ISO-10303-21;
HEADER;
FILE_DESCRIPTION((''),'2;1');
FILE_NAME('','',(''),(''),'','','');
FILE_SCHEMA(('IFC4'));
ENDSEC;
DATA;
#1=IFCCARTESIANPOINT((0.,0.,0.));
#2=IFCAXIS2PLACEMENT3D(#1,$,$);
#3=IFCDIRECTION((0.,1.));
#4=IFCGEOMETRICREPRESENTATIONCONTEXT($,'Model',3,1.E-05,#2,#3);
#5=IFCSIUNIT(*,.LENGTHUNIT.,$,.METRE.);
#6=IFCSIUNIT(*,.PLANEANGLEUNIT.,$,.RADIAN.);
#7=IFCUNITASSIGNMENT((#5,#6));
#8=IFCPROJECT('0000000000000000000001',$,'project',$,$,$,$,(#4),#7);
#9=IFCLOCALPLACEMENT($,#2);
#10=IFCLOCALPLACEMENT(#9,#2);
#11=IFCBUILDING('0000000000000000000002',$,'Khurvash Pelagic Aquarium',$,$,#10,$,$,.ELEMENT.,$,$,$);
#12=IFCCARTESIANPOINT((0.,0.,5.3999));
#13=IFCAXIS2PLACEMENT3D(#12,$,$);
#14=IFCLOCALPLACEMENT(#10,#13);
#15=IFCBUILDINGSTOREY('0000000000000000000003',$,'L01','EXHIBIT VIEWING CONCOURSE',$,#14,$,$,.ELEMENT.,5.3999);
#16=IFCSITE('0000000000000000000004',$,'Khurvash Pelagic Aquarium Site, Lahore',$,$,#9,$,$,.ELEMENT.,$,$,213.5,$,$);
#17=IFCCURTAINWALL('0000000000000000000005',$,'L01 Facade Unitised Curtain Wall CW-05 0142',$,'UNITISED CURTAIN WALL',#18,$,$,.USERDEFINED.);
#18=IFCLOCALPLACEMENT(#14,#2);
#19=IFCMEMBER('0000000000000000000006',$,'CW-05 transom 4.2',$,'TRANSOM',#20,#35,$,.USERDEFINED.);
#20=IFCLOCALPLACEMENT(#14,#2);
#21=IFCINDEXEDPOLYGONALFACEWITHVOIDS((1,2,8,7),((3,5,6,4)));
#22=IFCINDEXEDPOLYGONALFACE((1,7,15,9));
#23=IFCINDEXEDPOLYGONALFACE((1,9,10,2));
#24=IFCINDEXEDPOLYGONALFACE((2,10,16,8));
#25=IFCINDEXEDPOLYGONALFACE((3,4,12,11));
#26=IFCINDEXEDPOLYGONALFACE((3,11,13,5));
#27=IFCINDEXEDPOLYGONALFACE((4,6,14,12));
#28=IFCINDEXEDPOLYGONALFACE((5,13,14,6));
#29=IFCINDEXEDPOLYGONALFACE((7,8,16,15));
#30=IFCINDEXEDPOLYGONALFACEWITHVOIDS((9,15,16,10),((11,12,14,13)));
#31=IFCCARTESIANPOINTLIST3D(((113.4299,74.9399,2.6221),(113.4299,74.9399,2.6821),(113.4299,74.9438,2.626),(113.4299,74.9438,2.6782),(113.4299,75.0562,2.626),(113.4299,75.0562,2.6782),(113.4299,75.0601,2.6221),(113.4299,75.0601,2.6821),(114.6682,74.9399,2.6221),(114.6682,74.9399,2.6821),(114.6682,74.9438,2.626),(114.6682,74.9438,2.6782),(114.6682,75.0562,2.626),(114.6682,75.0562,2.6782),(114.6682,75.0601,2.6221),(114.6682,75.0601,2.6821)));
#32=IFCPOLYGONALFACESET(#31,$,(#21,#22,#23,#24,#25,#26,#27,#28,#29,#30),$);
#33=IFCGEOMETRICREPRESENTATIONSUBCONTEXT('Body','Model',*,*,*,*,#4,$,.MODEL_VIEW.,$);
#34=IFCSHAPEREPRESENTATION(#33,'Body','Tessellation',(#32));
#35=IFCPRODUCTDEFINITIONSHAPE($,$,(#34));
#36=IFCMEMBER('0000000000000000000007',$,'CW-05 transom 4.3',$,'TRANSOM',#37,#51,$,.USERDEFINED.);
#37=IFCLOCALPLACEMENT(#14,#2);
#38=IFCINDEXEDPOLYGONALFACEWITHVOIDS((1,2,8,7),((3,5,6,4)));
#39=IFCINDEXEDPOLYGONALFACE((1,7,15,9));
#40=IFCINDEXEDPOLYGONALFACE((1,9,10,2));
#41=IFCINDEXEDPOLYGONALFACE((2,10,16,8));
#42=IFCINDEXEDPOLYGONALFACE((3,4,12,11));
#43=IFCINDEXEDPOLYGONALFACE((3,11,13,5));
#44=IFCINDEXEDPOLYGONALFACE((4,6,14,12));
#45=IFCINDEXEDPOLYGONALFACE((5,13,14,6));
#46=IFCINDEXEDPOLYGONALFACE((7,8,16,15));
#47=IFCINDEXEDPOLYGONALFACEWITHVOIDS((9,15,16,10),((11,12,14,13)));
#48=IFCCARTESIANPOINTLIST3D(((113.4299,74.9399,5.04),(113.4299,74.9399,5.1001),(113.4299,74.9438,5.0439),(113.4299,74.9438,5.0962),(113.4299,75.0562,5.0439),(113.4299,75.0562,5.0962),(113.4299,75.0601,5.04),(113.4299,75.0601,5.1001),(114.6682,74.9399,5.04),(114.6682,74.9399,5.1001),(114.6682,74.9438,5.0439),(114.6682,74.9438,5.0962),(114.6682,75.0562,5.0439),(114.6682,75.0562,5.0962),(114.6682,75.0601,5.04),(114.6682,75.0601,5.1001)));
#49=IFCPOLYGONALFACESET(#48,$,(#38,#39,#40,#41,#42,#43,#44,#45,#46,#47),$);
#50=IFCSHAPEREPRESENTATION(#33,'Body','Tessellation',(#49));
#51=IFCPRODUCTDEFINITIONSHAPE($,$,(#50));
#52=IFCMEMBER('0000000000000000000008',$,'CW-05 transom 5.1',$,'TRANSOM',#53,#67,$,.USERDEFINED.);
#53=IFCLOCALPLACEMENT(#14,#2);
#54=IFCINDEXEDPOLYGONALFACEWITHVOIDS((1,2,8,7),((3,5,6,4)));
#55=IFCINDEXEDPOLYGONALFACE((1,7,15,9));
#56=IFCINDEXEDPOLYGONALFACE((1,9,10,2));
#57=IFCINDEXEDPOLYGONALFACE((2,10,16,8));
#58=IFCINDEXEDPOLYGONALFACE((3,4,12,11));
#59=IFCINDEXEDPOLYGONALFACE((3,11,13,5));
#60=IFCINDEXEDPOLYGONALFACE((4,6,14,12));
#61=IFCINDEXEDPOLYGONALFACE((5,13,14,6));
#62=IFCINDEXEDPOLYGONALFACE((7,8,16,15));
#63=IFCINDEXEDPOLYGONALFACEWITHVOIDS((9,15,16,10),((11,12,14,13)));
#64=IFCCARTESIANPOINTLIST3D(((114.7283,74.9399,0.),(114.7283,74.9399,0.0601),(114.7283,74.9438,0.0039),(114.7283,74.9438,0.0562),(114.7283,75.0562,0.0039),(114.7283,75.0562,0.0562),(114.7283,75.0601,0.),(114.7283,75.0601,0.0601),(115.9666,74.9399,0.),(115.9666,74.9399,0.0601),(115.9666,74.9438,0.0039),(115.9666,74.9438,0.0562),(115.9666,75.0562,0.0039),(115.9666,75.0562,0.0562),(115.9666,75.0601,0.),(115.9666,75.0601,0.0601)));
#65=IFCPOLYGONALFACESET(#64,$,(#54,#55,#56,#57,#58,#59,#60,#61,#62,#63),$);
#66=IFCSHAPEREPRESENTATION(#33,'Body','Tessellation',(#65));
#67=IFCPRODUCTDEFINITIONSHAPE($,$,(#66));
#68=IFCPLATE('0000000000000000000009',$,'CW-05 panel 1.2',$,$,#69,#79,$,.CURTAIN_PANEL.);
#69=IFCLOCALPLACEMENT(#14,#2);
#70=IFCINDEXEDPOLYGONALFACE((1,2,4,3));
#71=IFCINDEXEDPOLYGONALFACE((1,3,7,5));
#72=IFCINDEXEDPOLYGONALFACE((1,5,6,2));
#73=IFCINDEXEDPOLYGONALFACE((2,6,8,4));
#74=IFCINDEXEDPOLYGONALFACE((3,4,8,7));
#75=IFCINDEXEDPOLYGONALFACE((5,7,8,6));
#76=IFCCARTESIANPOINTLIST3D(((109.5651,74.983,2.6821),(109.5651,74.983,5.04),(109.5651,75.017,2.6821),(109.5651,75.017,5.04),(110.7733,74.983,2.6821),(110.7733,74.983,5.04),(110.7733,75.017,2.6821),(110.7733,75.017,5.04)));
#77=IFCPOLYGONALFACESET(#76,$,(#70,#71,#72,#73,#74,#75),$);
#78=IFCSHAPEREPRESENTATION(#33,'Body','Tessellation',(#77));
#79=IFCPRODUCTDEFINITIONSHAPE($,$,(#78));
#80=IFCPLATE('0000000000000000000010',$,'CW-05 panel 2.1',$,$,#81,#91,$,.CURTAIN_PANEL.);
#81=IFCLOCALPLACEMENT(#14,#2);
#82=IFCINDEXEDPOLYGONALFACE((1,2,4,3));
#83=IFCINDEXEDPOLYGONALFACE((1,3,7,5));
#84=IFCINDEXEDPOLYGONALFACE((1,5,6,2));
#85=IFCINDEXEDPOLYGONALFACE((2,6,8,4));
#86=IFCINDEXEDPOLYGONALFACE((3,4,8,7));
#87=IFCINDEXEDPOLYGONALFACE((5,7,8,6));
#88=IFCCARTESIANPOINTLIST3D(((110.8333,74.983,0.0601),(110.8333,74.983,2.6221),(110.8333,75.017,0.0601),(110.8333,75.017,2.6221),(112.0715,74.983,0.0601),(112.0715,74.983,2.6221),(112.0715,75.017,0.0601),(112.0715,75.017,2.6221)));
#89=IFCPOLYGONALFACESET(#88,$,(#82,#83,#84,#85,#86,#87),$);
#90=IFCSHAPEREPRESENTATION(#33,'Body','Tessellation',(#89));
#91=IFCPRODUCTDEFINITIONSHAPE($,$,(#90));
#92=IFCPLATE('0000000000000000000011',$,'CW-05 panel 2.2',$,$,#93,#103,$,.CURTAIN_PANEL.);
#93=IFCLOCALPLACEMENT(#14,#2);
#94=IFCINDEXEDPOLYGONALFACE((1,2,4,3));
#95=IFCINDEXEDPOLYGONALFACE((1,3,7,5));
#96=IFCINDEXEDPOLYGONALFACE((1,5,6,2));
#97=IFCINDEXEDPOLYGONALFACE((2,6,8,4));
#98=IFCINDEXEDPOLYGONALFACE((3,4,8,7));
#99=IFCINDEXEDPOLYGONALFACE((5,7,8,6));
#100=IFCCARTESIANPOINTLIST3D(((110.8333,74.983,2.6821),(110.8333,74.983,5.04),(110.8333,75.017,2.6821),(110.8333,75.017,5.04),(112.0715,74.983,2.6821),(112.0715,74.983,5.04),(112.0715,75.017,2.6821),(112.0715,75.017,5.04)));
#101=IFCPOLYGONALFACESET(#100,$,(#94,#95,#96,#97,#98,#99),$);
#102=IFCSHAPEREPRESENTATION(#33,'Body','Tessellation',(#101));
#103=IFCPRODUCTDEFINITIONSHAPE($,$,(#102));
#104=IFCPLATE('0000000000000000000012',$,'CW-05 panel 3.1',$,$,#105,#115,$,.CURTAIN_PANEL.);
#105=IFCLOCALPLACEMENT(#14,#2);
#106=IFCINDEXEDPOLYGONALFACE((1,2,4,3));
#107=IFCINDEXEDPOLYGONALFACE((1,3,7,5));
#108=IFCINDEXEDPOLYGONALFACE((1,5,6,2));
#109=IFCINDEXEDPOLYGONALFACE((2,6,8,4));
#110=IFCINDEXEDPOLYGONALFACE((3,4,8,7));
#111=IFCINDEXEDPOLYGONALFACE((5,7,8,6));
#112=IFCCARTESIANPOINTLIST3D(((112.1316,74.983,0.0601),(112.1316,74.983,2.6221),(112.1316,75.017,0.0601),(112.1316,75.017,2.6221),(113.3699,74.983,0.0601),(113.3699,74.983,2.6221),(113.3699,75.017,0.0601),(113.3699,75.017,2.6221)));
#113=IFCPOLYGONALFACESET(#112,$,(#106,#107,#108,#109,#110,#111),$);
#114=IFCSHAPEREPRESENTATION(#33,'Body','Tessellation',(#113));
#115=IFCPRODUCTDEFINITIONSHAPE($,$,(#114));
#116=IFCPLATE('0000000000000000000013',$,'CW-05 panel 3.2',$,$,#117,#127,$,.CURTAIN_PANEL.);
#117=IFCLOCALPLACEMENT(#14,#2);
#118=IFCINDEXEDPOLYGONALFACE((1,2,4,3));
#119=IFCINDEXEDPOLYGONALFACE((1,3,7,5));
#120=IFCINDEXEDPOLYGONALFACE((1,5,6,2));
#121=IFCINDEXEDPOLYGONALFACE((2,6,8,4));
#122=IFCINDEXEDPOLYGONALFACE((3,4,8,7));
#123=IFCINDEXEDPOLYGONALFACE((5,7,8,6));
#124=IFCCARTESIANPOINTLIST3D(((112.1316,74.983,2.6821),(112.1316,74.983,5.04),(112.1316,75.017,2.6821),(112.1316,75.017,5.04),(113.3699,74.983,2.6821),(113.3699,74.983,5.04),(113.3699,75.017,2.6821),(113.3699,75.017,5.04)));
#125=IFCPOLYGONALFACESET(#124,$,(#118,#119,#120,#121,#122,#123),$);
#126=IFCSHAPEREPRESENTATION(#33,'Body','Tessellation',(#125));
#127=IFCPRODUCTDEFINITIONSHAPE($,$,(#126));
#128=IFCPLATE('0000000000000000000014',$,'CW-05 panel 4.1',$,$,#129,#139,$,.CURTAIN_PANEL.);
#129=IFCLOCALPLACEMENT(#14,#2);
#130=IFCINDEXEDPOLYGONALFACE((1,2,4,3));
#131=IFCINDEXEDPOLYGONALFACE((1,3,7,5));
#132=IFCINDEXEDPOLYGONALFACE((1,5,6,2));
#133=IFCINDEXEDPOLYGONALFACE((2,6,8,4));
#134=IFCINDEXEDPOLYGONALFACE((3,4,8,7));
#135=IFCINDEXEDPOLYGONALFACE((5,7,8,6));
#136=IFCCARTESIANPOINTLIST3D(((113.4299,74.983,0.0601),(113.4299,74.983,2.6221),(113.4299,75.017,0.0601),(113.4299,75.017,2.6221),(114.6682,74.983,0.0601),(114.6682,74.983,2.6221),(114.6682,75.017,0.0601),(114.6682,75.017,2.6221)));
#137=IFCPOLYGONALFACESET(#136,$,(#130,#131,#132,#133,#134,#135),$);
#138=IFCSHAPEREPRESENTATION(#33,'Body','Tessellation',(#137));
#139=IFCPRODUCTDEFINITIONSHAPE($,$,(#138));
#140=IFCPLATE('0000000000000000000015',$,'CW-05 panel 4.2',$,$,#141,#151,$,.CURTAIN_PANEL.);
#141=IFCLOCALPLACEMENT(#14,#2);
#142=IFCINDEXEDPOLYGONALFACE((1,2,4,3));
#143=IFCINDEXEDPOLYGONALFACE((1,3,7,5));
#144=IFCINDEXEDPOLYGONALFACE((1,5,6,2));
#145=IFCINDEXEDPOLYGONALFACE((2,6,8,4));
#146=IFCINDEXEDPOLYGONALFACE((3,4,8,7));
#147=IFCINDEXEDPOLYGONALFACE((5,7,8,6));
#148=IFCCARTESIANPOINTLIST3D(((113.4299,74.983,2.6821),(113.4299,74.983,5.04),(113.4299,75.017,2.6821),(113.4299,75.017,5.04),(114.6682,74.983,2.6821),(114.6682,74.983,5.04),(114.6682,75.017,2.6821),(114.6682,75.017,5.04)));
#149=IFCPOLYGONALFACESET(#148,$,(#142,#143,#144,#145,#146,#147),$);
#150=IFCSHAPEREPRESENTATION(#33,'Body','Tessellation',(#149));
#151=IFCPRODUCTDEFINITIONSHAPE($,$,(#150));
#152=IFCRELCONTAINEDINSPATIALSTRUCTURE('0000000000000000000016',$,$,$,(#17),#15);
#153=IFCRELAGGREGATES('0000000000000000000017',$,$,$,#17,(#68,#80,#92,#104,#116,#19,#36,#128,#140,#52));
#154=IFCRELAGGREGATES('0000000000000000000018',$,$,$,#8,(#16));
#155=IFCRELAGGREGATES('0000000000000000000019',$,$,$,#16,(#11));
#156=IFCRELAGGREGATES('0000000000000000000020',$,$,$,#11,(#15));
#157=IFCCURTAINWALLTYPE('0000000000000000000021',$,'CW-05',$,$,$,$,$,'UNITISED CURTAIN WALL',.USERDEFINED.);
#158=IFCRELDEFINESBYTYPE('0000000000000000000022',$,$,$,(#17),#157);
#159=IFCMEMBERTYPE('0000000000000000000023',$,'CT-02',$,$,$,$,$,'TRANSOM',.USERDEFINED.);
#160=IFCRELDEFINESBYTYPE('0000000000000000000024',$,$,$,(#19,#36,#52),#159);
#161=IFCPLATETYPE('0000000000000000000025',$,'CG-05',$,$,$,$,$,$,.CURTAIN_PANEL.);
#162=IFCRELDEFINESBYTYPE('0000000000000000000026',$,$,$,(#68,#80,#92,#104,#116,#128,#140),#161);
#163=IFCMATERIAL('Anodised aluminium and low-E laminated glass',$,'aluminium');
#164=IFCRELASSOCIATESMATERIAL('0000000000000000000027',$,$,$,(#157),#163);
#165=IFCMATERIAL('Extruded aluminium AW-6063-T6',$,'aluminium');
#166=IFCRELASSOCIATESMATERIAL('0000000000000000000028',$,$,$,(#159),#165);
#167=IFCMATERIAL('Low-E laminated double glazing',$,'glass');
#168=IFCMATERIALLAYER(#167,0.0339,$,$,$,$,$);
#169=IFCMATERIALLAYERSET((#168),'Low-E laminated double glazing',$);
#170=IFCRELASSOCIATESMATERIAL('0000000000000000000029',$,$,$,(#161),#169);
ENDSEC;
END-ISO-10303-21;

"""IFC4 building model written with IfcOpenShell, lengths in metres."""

from ifc_helpers import new_model, si_unit, direction, frame, origin, origin_2d, place, context, subcontext, project, spatial, rectangle, hollow_rectangle, extrude, material, layer, layer_set, material_profile, profile_set, type_object, element, aggregate, save


model = new_model("IFC4")

# Units and contexts
model_context = context("Model", 3, precision=1e-05, world=origin(), true_north=direction((0.0, 1.0)))
body_context = subcontext(model_context, "Body", "Model", "MODEL_VIEW")
ifc_project = project(units=[si_unit("LENGTHUNIT", "METRE"), si_unit("PLANEANGLEUNIT", "RADIAN")], contexts=[model_context])

# Site, building, storey
site_placement = place(None, origin())
site = spatial("IfcSite", under=ifc_project, at=site_placement, Name="Khurvash Pelagic Aquarium Site, Lahore", CompositionType="ELEMENT", RefElevation=213.5)
building_placement = place(site_placement, origin())
building = spatial("IfcBuilding", under=site, at=building_placement, Name="Khurvash Pelagic Aquarium", CompositionType="ELEMENT")
storey_placement = place(building_placement, frame((0.0, 0.0, 5.3999)))
storey = spatial("IfcBuildingStorey", under=building, at=storey_placement, Name="L01", Description="EXHIBIT VIEWING CONCOURSE", CompositionType="ELEMENT", Elevation=5.3999)

# Curtain wall, members, plates
ifc_material_1 = material(Name="Anodised aluminium and low-E laminated glass", Category="aluminium")
curtain_wall_type = type_object("IfcCurtainWallType", Name="CW-05", ElementType="UNITISED CURTAIN WALL", PredefinedType="USERDEFINED", material=ifc_material_1)
curtain_wall_placement = place(storey_placement, origin())
curtain_wall = element("IfcCurtainWall", 1, at=curtain_wall_placement, inside=storey, type_object=curtain_wall_type, Name="L01 Facade Unitised Curtain Wall CW-05 0142", ObjectType="UNITISED CURTAIN WALL", PredefinedType="USERDEFINED")
ifc_material_2 = material(Name="Extruded aluminium AW-6063-T6", Category="aluminium")
ifc_material_profile_1 = material_profile(ifc_material_2, hollow_rectangle(XDim=0.1201, YDim=0.0601, WallThickness=0.0039, at=origin_2d()), Name="CWT120X60X4")
ifc_profile_set_1 = profile_set([ifc_material_profile_1], Name="Extruded aluminium AW-6063-T6")
member_type_1 = type_object("IfcMemberType", Name="CT-02", ElementType="TRANSOM", PredefinedType="USERDEFINED", material=ifc_profile_set_1)
member_1_placement = place(storey_placement, frame((113.4299, 75.0, 2.6521), z_axis=(1.0, 0.0, 0.0), x_axis=(0.0, 1.0, 0.0)))
member_1 = element("IfcMember", 2, at=member_1_placement, type_object=member_type_1, Name="CW-05 transom 4.2", ObjectType="TRANSOM", PredefinedType="USERDEFINED", context=body_context, shape_type="SweptSolid", body=[
    extrude(hollow_rectangle(XDim=0.1201, YDim=0.0601, WallThickness=0.0039, at=origin_2d()), origin(), (0.0, 0.0, 1.0), 1.2383),
])
member_2_placement = place(storey_placement, frame((113.4299, 75.0, 5.0701), z_axis=(1.0, 0.0, 0.0), x_axis=(0.0, 1.0, 0.0)))
member_2 = element("IfcMember", 3, at=member_2_placement, type_object=member_type_1, Name="CW-05 transom 4.3", ObjectType="TRANSOM", PredefinedType="USERDEFINED", context=body_context, shape_type="SweptSolid", body=[
    extrude(hollow_rectangle(XDim=0.1201, YDim=0.0601, WallThickness=0.0039, at=origin_2d()), origin(), (0.0, 0.0, 1.0), 1.2383),
])
member_3_placement = place(storey_placement, frame((114.7283, 75.0, 0.03), z_axis=(1.0, 0.0, 0.0), x_axis=(0.0, 1.0, 0.0)))
member_3 = element("IfcMember", 4, at=member_3_placement, type_object=member_type_1, Name="CW-05 transom 5.1", ObjectType="TRANSOM", PredefinedType="USERDEFINED", context=body_context, shape_type="SweptSolid", body=[
    extrude(hollow_rectangle(XDim=0.1201, YDim=0.0601, WallThickness=0.0039, at=origin_2d()), origin(), (0.0, 0.0, 1.0), 1.2383),
])
ifc_material_3 = material(Name="Low-E laminated double glazing", Category="glass")
ifc_layer = layer(ifc_material_3, 0.0339)
ifc_layer_set = layer_set([ifc_layer], Name="Low-E laminated double glazing")
plate_type = type_object("IfcPlateType", Name="CG-05", PredefinedType="CURTAIN_PANEL", material=ifc_layer_set)
plate_1_placement = place(storey_placement, frame((110.1692, 75.0, 2.6821), z_axis=(0.0, 0.0, 1.0), x_axis=(1.0, 0.0, 0.0)))
plate_1 = element("IfcPlate", 5, at=plate_1_placement, type_object=plate_type, Name="CW-05 panel 1.2", PredefinedType="CURTAIN_PANEL", context=body_context, shape_type="SweptSolid", body=[
    extrude(rectangle(XDim=1.2083, YDim=0.0339, at=origin_2d()), origin(), (0.0, 0.0, 1.0), 2.3579),
])
plate_2_placement = place(storey_placement, frame((111.4524, 75.0, 0.0601), z_axis=(0.0, 0.0, 1.0), x_axis=(1.0, 0.0, 0.0)))
plate_2 = element("IfcPlate", 6, at=plate_2_placement, type_object=plate_type, Name="CW-05 panel 2.1", PredefinedType="CURTAIN_PANEL", context=body_context, shape_type="SweptSolid", body=[
    extrude(rectangle(XDim=1.2383, YDim=0.0339, at=origin_2d()), origin(), (0.0, 0.0, 1.0), 2.562),
])
plate_3_placement = place(storey_placement, frame((111.4524, 75.0, 2.6821), z_axis=(0.0, 0.0, 1.0), x_axis=(1.0, 0.0, 0.0)))
plate_3 = element("IfcPlate", 7, at=plate_3_placement, type_object=plate_type, Name="CW-05 panel 2.2", PredefinedType="CURTAIN_PANEL", context=body_context, shape_type="SweptSolid", body=[
    extrude(rectangle(XDim=1.2383, YDim=0.0339, at=origin_2d()), origin(), (0.0, 0.0, 1.0), 2.3579),
])
plate_4_placement = place(storey_placement, frame((112.7507, 75.0, 0.0601), z_axis=(0.0, 0.0, 1.0), x_axis=(1.0, 0.0, 0.0)))
plate_4 = element("IfcPlate", 8, at=plate_4_placement, type_object=plate_type, Name="CW-05 panel 3.1", PredefinedType="CURTAIN_PANEL", context=body_context, shape_type="SweptSolid", body=[
    extrude(rectangle(XDim=1.2383, YDim=0.0339, at=origin_2d()), origin(), (0.0, 0.0, 1.0), 2.562),
])
plate_5_placement = place(storey_placement, frame((112.7507, 75.0, 2.6821), z_axis=(0.0, 0.0, 1.0), x_axis=(1.0, 0.0, 0.0)))
plate_5 = element("IfcPlate", 9, at=plate_5_placement, type_object=plate_type, Name="CW-05 panel 3.2", PredefinedType="CURTAIN_PANEL", context=body_context, shape_type="SweptSolid", body=[
    extrude(rectangle(XDim=1.2383, YDim=0.0339, at=origin_2d()), origin(), (0.0, 0.0, 1.0), 2.3579),
])
plate_6_placement = place(storey_placement, frame((114.0491, 75.0, 0.0601), z_axis=(0.0, 0.0, 1.0), x_axis=(1.0, 0.0, 0.0)))
plate_6 = element("IfcPlate", 10, at=plate_6_placement, type_object=plate_type, Name="CW-05 panel 4.1", PredefinedType="CURTAIN_PANEL", context=body_context, shape_type="SweptSolid", body=[
    extrude(rectangle(XDim=1.2383, YDim=0.0339, at=origin_2d()), origin(), (0.0, 0.0, 1.0), 2.562),
])
plate_7_placement = place(storey_placement, frame((114.0491, 75.0, 2.6821), z_axis=(0.0, 0.0, 1.0), x_axis=(1.0, 0.0, 0.0)))
plate_7 = element("IfcPlate", 11, at=plate_7_placement, type_object=plate_type, Name="CW-05 panel 4.2", PredefinedType="CURTAIN_PANEL", context=body_context, shape_type="SweptSolid", body=[
    extrude(rectangle(XDim=1.2383, YDim=0.0339, at=origin_2d()), origin(), (0.0, 0.0, 1.0), 2.3579),
])
aggregate(curtain_wall, [plate_1, plate_2, plate_3, plate_4, plate_5, member_1, member_2, plate_6, plate_7, member_3])

save(model, "model.ifc")
